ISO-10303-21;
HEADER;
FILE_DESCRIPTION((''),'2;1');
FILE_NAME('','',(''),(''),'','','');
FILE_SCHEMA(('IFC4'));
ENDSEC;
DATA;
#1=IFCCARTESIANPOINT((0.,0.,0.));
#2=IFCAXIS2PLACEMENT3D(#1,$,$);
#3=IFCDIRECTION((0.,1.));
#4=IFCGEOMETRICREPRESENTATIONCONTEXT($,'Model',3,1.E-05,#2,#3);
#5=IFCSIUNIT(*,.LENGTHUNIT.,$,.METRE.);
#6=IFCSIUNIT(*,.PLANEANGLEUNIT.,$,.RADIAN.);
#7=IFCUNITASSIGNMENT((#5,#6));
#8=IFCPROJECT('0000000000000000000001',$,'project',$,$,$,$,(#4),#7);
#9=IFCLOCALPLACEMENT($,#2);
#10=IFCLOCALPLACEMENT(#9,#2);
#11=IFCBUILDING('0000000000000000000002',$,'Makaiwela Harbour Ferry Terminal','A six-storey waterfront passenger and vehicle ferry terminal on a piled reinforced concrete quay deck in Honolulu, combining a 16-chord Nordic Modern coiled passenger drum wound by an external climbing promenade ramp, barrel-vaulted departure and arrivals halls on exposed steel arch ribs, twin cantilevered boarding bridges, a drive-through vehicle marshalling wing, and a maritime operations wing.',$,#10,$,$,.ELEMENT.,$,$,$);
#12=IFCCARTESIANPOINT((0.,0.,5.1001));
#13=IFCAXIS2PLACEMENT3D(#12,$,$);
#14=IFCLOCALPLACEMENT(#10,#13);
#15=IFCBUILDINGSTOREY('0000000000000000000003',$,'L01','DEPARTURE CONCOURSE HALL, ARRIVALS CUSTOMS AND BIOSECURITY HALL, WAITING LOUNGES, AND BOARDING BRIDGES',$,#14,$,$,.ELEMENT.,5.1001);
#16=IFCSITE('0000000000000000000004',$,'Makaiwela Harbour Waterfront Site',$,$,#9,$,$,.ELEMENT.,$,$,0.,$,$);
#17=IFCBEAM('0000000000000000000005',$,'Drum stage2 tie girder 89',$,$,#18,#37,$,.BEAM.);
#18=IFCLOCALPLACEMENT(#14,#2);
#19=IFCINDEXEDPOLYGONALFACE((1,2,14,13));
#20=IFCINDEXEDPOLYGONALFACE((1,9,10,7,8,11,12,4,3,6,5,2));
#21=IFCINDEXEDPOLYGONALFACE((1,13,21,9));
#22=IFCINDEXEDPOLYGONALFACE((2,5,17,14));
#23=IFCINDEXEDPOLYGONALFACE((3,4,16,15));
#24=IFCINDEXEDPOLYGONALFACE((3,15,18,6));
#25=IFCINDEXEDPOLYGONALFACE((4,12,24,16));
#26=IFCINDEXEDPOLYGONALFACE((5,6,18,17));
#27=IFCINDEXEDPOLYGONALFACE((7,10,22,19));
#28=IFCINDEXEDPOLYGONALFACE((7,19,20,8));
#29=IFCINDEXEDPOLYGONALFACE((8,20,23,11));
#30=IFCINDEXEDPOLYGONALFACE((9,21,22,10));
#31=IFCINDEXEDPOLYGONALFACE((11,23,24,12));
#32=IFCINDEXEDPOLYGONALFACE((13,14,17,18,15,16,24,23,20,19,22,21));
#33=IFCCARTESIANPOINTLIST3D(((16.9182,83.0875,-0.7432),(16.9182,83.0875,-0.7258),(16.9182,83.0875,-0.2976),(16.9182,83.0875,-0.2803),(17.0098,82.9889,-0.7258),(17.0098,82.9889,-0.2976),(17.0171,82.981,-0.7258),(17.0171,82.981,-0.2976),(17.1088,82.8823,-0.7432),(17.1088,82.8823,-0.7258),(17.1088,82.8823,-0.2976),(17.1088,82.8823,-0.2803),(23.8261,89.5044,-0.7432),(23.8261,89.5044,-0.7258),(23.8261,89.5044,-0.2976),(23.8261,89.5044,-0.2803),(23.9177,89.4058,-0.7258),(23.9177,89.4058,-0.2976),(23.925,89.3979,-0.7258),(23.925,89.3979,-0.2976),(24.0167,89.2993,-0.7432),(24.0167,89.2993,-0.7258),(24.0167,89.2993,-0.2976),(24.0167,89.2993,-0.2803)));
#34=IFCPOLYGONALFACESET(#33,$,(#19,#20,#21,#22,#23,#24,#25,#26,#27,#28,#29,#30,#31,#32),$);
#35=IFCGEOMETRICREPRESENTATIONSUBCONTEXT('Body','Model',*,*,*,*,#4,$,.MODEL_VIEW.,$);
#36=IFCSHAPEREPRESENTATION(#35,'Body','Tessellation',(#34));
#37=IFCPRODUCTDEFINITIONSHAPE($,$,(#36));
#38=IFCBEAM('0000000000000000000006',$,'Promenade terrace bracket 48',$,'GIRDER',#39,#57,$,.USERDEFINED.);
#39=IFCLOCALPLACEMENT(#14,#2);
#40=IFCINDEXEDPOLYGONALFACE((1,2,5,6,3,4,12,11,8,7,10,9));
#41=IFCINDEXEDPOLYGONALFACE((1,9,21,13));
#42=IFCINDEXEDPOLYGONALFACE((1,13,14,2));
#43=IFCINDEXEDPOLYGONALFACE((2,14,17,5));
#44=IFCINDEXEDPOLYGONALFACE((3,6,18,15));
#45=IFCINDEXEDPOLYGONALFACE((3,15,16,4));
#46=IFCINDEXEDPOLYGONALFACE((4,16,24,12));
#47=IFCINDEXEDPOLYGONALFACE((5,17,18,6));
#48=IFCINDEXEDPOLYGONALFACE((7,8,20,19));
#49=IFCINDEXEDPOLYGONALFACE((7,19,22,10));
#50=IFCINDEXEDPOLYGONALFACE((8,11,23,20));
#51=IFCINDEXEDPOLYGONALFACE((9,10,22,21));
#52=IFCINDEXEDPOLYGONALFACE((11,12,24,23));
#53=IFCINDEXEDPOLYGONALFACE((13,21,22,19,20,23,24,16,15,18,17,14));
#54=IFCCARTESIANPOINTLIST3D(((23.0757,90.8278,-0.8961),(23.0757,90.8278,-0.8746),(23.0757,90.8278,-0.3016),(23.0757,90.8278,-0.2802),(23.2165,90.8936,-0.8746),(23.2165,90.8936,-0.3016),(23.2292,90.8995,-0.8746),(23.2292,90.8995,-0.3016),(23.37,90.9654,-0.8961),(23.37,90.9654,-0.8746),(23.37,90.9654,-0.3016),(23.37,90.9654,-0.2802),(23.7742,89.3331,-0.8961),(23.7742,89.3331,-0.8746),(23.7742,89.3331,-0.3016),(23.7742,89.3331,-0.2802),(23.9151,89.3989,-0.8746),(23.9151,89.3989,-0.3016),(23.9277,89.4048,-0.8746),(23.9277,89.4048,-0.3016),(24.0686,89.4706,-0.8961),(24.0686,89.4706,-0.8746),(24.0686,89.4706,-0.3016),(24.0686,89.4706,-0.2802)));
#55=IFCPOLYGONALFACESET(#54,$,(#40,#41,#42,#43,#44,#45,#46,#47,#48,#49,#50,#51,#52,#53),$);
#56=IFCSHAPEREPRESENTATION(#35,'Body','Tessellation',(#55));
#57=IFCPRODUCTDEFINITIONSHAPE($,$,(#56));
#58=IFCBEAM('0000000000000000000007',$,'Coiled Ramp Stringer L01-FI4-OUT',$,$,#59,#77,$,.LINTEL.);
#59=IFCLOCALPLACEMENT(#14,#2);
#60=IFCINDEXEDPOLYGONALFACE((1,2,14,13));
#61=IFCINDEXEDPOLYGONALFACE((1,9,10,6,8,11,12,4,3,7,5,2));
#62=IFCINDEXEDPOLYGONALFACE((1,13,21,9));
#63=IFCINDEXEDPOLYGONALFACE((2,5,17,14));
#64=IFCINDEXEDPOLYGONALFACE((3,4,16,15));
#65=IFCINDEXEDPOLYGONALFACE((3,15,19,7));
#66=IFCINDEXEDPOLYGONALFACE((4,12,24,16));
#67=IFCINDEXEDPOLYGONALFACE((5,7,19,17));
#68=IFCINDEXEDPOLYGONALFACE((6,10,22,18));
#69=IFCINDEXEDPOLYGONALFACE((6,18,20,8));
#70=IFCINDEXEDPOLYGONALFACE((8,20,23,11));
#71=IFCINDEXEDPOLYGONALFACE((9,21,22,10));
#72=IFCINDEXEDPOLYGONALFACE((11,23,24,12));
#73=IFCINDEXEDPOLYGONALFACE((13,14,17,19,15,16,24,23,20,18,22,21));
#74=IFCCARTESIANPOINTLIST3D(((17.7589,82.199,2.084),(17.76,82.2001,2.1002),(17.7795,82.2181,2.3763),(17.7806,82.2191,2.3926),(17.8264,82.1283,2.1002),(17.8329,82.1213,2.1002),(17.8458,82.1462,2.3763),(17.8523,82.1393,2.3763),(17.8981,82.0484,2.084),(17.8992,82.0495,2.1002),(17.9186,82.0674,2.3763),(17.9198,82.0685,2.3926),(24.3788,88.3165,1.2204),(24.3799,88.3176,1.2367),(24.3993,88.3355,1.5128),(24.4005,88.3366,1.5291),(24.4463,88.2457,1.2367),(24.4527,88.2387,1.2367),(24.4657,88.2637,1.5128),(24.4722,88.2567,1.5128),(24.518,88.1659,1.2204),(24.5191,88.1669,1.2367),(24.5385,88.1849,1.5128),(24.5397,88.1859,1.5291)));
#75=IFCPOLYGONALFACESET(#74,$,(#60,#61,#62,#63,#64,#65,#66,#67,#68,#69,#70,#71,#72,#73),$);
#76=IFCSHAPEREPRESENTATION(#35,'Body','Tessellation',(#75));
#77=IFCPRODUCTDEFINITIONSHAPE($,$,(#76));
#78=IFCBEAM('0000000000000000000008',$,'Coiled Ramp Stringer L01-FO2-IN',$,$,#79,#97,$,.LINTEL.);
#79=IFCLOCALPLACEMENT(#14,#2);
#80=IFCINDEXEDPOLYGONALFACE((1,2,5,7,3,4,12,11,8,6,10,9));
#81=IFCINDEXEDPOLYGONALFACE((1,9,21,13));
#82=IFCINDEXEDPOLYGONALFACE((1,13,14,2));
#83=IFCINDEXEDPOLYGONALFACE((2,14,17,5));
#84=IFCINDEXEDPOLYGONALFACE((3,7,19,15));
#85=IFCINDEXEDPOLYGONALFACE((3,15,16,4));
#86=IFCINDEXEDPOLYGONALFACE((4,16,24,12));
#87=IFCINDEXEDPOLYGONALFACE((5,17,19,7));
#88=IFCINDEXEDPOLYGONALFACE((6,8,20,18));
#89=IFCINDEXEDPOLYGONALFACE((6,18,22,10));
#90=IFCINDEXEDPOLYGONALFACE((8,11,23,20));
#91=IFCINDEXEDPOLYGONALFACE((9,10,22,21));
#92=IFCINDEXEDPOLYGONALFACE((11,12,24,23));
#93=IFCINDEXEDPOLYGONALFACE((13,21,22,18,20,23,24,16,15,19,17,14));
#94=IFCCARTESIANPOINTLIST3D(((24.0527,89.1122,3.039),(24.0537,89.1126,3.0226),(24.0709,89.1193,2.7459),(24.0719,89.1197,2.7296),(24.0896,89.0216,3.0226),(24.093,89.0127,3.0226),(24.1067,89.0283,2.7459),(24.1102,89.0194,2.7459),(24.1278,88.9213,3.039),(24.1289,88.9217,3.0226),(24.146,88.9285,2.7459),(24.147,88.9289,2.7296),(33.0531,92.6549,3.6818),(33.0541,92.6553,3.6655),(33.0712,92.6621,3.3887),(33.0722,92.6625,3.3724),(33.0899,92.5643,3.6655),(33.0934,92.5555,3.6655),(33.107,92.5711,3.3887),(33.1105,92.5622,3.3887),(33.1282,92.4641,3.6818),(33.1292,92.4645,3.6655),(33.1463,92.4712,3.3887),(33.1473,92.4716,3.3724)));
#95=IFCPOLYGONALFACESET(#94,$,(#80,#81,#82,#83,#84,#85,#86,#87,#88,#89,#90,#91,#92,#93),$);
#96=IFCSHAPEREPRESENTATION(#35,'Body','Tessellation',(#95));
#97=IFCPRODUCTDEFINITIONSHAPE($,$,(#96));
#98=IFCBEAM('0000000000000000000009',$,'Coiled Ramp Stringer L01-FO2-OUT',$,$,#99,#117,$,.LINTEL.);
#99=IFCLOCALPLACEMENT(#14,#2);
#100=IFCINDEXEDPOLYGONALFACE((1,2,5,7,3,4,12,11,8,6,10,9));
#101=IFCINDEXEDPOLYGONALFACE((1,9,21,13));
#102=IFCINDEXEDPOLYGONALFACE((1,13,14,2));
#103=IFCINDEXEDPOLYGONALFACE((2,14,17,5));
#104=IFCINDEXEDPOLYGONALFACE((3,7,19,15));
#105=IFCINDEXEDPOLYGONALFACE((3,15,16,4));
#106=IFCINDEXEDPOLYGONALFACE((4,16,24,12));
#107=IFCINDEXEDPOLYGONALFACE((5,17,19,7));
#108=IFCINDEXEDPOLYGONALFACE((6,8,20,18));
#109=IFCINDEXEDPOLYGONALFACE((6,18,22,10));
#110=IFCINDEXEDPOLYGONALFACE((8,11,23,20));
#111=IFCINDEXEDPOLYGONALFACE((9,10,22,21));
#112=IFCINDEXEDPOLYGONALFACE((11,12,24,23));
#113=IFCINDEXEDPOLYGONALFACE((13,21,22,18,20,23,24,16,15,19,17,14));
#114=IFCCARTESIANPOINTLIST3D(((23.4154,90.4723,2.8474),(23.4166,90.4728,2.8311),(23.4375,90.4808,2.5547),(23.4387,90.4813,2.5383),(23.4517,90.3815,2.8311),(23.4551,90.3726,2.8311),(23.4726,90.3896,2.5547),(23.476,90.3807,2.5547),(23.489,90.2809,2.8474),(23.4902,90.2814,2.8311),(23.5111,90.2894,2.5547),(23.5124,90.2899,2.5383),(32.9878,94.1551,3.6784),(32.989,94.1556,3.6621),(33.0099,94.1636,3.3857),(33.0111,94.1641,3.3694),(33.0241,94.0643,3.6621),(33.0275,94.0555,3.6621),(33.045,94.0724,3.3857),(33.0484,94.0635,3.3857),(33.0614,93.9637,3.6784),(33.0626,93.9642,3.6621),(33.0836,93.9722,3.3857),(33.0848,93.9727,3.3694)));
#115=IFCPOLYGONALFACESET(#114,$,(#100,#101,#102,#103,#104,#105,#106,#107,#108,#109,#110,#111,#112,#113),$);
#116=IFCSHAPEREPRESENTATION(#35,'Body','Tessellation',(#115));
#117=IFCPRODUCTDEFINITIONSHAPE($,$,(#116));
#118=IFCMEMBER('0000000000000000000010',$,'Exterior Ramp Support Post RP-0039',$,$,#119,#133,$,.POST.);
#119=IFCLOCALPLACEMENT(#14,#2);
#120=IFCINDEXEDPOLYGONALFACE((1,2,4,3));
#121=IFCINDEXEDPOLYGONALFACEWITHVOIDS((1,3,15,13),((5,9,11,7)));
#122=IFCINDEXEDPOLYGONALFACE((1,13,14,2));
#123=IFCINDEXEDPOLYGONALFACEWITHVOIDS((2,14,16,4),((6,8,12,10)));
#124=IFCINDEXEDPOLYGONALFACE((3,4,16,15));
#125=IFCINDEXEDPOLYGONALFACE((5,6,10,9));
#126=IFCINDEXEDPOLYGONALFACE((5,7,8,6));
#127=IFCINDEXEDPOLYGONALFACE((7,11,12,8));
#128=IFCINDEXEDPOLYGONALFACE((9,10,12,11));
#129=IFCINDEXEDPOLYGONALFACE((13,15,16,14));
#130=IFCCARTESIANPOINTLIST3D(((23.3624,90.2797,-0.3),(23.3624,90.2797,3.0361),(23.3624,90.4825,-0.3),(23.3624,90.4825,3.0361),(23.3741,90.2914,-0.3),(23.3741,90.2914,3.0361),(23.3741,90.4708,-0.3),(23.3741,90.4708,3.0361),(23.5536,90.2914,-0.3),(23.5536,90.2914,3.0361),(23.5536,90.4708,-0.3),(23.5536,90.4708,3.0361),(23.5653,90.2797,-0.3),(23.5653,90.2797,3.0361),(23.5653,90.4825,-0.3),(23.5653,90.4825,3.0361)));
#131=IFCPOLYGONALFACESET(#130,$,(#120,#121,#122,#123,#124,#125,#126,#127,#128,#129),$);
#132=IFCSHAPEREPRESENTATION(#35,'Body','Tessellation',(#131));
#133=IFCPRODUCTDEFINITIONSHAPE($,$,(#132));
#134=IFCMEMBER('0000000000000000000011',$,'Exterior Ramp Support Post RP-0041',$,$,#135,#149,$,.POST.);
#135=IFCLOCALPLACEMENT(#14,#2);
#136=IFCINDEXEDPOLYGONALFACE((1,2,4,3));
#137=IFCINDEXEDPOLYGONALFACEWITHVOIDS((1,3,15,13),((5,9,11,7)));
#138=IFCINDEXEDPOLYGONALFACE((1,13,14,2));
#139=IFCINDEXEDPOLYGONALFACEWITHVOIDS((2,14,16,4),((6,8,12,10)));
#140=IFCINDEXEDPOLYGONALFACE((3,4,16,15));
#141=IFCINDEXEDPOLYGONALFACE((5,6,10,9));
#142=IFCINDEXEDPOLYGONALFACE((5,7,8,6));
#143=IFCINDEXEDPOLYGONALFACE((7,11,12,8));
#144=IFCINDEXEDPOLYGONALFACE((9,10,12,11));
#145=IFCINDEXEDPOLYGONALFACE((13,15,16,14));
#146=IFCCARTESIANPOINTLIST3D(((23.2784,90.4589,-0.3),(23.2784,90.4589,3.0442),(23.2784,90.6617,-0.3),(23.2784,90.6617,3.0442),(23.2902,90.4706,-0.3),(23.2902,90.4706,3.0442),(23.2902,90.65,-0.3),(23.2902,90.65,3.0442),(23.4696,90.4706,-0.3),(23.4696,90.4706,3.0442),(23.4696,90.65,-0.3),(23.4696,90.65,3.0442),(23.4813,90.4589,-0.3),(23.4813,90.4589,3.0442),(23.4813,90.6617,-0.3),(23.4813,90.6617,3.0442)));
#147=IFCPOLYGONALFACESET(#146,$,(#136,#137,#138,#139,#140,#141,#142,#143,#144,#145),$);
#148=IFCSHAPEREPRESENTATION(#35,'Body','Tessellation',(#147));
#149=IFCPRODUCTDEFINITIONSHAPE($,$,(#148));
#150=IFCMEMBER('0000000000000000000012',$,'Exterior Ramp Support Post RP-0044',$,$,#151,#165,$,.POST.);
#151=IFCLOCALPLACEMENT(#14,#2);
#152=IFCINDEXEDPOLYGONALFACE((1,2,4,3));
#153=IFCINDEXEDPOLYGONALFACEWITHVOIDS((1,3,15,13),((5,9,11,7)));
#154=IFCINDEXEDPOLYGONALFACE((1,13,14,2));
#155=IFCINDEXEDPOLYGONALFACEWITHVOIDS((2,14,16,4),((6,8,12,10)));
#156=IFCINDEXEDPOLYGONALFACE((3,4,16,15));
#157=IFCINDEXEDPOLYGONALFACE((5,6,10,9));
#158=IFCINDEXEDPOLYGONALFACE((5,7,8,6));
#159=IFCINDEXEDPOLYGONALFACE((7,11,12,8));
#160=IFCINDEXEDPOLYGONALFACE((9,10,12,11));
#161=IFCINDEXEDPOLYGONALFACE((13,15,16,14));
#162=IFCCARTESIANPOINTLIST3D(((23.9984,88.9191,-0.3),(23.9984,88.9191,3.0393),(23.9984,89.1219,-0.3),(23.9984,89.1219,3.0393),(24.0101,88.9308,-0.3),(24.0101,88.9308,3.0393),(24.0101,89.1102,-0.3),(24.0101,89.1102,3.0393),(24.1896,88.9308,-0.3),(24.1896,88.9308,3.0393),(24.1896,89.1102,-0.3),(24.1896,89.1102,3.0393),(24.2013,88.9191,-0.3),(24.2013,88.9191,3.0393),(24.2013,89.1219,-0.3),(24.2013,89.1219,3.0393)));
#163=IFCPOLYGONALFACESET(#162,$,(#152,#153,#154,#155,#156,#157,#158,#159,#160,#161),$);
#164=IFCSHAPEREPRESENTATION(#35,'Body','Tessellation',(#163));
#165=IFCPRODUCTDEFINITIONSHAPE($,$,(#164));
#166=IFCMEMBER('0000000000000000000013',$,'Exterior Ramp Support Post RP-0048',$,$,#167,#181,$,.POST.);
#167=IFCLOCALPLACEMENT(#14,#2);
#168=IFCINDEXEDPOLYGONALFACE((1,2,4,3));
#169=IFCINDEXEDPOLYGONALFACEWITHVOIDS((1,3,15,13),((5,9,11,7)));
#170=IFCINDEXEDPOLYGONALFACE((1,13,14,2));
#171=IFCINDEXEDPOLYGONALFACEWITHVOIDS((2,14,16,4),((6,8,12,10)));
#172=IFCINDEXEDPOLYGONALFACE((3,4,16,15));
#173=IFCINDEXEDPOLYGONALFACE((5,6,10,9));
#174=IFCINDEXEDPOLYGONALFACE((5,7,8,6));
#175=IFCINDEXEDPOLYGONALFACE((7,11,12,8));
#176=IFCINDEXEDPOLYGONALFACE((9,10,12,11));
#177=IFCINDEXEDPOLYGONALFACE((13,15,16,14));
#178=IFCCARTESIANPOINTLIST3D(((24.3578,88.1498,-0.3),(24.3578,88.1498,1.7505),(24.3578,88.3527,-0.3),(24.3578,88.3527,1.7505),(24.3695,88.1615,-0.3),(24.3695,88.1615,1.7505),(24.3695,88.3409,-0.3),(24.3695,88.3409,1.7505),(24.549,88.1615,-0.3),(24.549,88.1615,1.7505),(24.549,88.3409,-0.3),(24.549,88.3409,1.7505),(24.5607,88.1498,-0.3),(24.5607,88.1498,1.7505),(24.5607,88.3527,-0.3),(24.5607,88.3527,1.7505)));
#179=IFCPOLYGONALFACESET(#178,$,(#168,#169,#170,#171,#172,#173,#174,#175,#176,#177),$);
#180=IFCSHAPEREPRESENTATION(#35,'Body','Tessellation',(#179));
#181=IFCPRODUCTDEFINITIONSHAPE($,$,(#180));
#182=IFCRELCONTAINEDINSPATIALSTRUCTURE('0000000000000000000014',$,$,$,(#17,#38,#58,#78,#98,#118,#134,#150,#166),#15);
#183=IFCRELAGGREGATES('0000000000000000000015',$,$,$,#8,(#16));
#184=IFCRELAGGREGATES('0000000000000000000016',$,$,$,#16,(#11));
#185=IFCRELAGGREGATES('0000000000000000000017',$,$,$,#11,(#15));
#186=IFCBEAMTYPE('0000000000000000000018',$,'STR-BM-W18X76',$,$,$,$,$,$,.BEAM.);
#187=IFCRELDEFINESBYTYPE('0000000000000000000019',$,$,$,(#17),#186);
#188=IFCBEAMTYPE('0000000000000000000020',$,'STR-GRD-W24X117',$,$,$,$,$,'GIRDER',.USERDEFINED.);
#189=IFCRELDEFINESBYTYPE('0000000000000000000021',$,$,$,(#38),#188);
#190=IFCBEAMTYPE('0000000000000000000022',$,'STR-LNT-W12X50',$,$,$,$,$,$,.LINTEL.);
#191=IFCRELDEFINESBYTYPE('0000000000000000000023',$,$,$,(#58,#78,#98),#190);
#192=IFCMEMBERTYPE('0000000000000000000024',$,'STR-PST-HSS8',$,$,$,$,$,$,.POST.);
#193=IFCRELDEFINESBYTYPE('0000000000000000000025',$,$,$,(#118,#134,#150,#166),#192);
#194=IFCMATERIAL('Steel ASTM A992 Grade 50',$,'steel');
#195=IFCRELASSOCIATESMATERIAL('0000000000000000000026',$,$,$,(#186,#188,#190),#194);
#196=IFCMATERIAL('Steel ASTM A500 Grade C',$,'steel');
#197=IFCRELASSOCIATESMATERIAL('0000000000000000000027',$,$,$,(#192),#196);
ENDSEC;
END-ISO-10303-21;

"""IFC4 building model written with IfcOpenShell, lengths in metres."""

from ifc_helpers import new_model, si_unit, direction, frame, origin, origin_2d, place, context, subcontext, project, spatial, hollow_rectangle, i_section, extrude, material, material_profile, profile_set, type_object, element, save


model = new_model("IFC4")

# Units and contexts
model_context = context("Model", 3, precision=1e-05, world=origin(), true_north=direction((0.0, 1.0)))
body_context = subcontext(model_context, "Body", "Model", "MODEL_VIEW")
ifc_project = project(units=[si_unit("LENGTHUNIT", "METRE"), si_unit("PLANEANGLEUNIT", "RADIAN")], contexts=[model_context])

# Site, building, storey
site_placement = place(None, origin())
site = spatial("IfcSite", under=ifc_project, at=site_placement, Name="Makaiwela Harbour Waterfront Site", CompositionType="ELEMENT", RefElevation=0.0)
building_placement = place(site_placement, origin())
building = spatial("IfcBuilding", under=site, at=building_placement, Name="Makaiwela Harbour Ferry Terminal", Description="A six-storey waterfront passenger and vehicle ferry terminal on a piled reinforced concrete quay deck in Honolulu, combining a 16-chord Nordic Modern coiled passenger drum wound by an external climbing promenade ramp, barrel-vaulted departure and arrivals halls on exposed steel arch ribs, twin cantilevered boarding bridges, a drive-through vehicle marshalling wing, and a maritime operations wing.", CompositionType="ELEMENT")
storey_placement = place(building_placement, frame((0.0, 0.0, 5.1001)))
storey = spatial("IfcBuildingStorey", under=building, at=storey_placement, Name="L01", Description="DEPARTURE CONCOURSE HALL, ARRIVALS CUSTOMS AND BIOSECURITY HALL, WAITING LOUNGES, AND BOARDING BRIDGES", CompositionType="ELEMENT", Elevation=5.1001)

# Beams
ifc_material_1 = material(Name="Steel ASTM A992 Grade 50", Category="steel")
ifc_material_profile_1 = material_profile(ifc_material_1, i_section(OverallWidth=0.28, OverallDepth=0.4629, WebThickness=0.0107, FlangeThickness=0.0173, at=origin_2d()), Name="W18X76")
ifc_profile_set_1 = profile_set([ifc_material_profile_1], Name="Steel ASTM A992 Grade 50")
beam_type_1 = type_object("IfcBeamType", Name="STR-BM-W18X76", PredefinedType="BEAM", material=ifc_profile_set_1)
beam_1_placement = place(storey_placement, frame((23.9214, 89.4019, -0.5117), z_axis=(-0.732663, -0.680591, 0.0), x_axis=(0.680591, -0.732663, 0.0)))
element("IfcBeam", 1, at=beam_1_placement, inside=storey, type_object=beam_type_1, Name="Drum stage2 tie girder 89", PredefinedType="BEAM", context=body_context, shape_type="SweptSolid", body=[
    extrude(i_section(OverallWidth=0.28, OverallDepth=0.4629, WebThickness=0.0107, FlangeThickness=0.0173, at=origin_2d()), origin(), (0.0, 0.0, 1.0), 9.4285),
])
ifc_material_profile_2 = material_profile(ifc_material_1, i_section(OverallWidth=0.325, OverallDepth=0.616, WebThickness=0.0139, FlangeThickness=0.0215, at=origin_2d()), Name="W24X117")
ifc_profile_set_2 = profile_set([ifc_material_profile_2], Name="Steel ASTM A992 Grade 50")
beam_type_2 = type_object("IfcBeamType", Name="STR-GRD-W24X117", ElementType="GIRDER", PredefinedType="USERDEFINED", material=ifc_profile_set_2)
beam_2_placement = place(storey_placement, frame((23.9214, 89.4019, -0.5881), z_axis=(-0.42338, 0.905952, 0.0), x_axis=(-0.905952, -0.42338, 0.0)))
element("IfcBeam", 2, at=beam_2_placement, inside=storey, type_object=beam_type_2, Name="Promenade terrace bracket 48", ObjectType="GIRDER", PredefinedType="USERDEFINED", context=body_context, shape_type="SweptSolid", body=[
    extrude(i_section(OverallWidth=0.325, OverallDepth=0.616, WebThickness=0.0139, FlangeThickness=0.0215, at=origin_2d()), origin(), (0.0, 0.0, 1.0), 1.6499),
])
ifc_material_profile_3 = material_profile(ifc_material_1, i_section(OverallWidth=0.2051, OverallDepth=0.3101, WebThickness=0.0095, FlangeThickness=0.0164, at=origin_2d()), Name="W12X50")
ifc_profile_set_3 = profile_set([ifc_material_profile_3], Name="Steel ASTM A992 Grade 50")
beam_type_3 = type_object("IfcBeamType", Name="STR-LNT-W12X50", PredefinedType="LINTEL", material=ifc_profile_set_3)
beam_3_placement = place(storey_placement, frame((24.4592, 88.2512, 1.3748), z_axis=(-0.731081, -0.675593, 0.095365), x_axis=(0.678686, -0.734428, 0.0)))
element("IfcBeam", 3, at=beam_3_placement, inside=storey, type_object=beam_type_3, Name="Coiled Ramp Stringer L01-FI4-OUT", PredefinedType="LINTEL", context=body_context, shape_type="SweptSolid", body=[
    extrude(i_section(OverallWidth=0.2051, OverallDepth=0.3101, WebThickness=0.0095, FlangeThickness=0.0164, at=origin_2d()), origin(), (0.0, 0.0, 1.0), 9.0549),
])
beam_4_placement = place(storey_placement, frame((24.0999, 89.0205, 2.8843), z_axis=(0.92846, 0.365465, 0.066313), x_axis=(-0.366272, 0.930508, 0.0)))
element("IfcBeam", 4, at=beam_4_placement, inside=storey, type_object=beam_type_3, Name="Coiled Ramp Stringer L01-FO2-IN", PredefinedType="LINTEL", context=body_context, shape_type="SweptSolid", body=[
    extrude(i_section(OverallWidth=0.2051, OverallDepth=0.3101, WebThickness=0.0095, FlangeThickness=0.0164, at=origin_2d()), origin(), (0.0, 0.0, 1.0), 9.6938),
])
beam_5_placement = place(storey_placement, frame((23.4639, 90.3811, 2.6929), z_axis=(0.93026, 0.357902, 0.080762), x_axis=(-0.359075, 0.933309, 0.0)))
element("IfcBeam", 5, at=beam_5_placement, inside=storey, type_object=beam_type_3, Name="Coiled Ramp Stringer L01-FO2-OUT", PredefinedType="LINTEL", context=body_context, shape_type="SweptSolid", body=[
    extrude(i_section(OverallWidth=0.2051, OverallDepth=0.3101, WebThickness=0.0095, FlangeThickness=0.0164, at=origin_2d()), origin(), (0.0, 0.0, 1.0), 10.29),
])

# Members
ifc_material_2 = material(Name="Steel ASTM A500 Grade C", Category="steel")
ifc_material_profile_4 = material_profile(ifc_material_2, hollow_rectangle(XDim=0.2029, YDim=0.2029, WallThickness=0.0117, at=origin_2d()), Name="HSS8X8X1/2")
ifc_profile_set_4 = profile_set([ifc_material_profile_4], Name="Steel ASTM A500 Grade C")
member_type = type_object("IfcMemberType", Name="STR-PST-HSS8", PredefinedType="POST", material=ifc_profile_set_4)
member_1_placement = place(storey_placement, frame((23.4639, 90.3811, -0.3), z_axis=(0.0, 0.0, 1.0), x_axis=(1.0, 0.0, 0.0)))
element("IfcMember", 6, at=member_1_placement, inside=storey, type_object=member_type, Name="Exterior Ramp Support Post RP-0039", PredefinedType="POST", context=body_context, shape_type="SweptSolid", body=[
    extrude(hollow_rectangle(XDim=0.2029, YDim=0.2029, WallThickness=0.0117, at=origin_2d()), origin(), (0.0, 0.0, 1.0), 3.3362),
])
member_2_placement = place(storey_placement, frame((23.3799, 90.5603, -0.3), z_axis=(0.0, 0.0, 1.0), x_axis=(1.0, 0.0, 0.0)))
element("IfcMember", 7, at=member_2_placement, inside=storey, type_object=member_type, Name="Exterior Ramp Support Post RP-0041", PredefinedType="POST", context=body_context, shape_type="SweptSolid", body=[
    extrude(hollow_rectangle(XDim=0.2029, YDim=0.2029, WallThickness=0.0117, at=origin_2d()), origin(), (0.0, 0.0, 1.0), 3.3442),
])
member_3_placement = place(storey_placement, frame((24.0999, 89.0205, -0.3), z_axis=(0.0, 0.0, 1.0), x_axis=(1.0, 0.0, 0.0)))
element("IfcMember", 8, at=member_3_placement, inside=storey, type_object=member_type, Name="Exterior Ramp Support Post RP-0044", PredefinedType="POST", context=body_context, shape_type="SweptSolid", body=[
    extrude(hollow_rectangle(XDim=0.2029, YDim=0.2029, WallThickness=0.0117, at=origin_2d()), origin(), (0.0, 0.0, 1.0), 3.3394),
])
member_4_placement = place(storey_placement, frame((24.4592, 88.2512, -0.3), z_axis=(0.0, 0.0, 1.0), x_axis=(1.0, 0.0, 0.0)))
element("IfcMember", 9, at=member_4_placement, inside=storey, type_object=member_type, Name="Exterior Ramp Support Post RP-0048", PredefinedType="POST", context=body_context, shape_type="SweptSolid", body=[
    extrude(hollow_rectangle(XDim=0.2029, YDim=0.2029, WallThickness=0.0117, at=origin_2d()), origin(), (0.0, 0.0, 1.0), 2.0505),
])

save(model, "model.ifc")
